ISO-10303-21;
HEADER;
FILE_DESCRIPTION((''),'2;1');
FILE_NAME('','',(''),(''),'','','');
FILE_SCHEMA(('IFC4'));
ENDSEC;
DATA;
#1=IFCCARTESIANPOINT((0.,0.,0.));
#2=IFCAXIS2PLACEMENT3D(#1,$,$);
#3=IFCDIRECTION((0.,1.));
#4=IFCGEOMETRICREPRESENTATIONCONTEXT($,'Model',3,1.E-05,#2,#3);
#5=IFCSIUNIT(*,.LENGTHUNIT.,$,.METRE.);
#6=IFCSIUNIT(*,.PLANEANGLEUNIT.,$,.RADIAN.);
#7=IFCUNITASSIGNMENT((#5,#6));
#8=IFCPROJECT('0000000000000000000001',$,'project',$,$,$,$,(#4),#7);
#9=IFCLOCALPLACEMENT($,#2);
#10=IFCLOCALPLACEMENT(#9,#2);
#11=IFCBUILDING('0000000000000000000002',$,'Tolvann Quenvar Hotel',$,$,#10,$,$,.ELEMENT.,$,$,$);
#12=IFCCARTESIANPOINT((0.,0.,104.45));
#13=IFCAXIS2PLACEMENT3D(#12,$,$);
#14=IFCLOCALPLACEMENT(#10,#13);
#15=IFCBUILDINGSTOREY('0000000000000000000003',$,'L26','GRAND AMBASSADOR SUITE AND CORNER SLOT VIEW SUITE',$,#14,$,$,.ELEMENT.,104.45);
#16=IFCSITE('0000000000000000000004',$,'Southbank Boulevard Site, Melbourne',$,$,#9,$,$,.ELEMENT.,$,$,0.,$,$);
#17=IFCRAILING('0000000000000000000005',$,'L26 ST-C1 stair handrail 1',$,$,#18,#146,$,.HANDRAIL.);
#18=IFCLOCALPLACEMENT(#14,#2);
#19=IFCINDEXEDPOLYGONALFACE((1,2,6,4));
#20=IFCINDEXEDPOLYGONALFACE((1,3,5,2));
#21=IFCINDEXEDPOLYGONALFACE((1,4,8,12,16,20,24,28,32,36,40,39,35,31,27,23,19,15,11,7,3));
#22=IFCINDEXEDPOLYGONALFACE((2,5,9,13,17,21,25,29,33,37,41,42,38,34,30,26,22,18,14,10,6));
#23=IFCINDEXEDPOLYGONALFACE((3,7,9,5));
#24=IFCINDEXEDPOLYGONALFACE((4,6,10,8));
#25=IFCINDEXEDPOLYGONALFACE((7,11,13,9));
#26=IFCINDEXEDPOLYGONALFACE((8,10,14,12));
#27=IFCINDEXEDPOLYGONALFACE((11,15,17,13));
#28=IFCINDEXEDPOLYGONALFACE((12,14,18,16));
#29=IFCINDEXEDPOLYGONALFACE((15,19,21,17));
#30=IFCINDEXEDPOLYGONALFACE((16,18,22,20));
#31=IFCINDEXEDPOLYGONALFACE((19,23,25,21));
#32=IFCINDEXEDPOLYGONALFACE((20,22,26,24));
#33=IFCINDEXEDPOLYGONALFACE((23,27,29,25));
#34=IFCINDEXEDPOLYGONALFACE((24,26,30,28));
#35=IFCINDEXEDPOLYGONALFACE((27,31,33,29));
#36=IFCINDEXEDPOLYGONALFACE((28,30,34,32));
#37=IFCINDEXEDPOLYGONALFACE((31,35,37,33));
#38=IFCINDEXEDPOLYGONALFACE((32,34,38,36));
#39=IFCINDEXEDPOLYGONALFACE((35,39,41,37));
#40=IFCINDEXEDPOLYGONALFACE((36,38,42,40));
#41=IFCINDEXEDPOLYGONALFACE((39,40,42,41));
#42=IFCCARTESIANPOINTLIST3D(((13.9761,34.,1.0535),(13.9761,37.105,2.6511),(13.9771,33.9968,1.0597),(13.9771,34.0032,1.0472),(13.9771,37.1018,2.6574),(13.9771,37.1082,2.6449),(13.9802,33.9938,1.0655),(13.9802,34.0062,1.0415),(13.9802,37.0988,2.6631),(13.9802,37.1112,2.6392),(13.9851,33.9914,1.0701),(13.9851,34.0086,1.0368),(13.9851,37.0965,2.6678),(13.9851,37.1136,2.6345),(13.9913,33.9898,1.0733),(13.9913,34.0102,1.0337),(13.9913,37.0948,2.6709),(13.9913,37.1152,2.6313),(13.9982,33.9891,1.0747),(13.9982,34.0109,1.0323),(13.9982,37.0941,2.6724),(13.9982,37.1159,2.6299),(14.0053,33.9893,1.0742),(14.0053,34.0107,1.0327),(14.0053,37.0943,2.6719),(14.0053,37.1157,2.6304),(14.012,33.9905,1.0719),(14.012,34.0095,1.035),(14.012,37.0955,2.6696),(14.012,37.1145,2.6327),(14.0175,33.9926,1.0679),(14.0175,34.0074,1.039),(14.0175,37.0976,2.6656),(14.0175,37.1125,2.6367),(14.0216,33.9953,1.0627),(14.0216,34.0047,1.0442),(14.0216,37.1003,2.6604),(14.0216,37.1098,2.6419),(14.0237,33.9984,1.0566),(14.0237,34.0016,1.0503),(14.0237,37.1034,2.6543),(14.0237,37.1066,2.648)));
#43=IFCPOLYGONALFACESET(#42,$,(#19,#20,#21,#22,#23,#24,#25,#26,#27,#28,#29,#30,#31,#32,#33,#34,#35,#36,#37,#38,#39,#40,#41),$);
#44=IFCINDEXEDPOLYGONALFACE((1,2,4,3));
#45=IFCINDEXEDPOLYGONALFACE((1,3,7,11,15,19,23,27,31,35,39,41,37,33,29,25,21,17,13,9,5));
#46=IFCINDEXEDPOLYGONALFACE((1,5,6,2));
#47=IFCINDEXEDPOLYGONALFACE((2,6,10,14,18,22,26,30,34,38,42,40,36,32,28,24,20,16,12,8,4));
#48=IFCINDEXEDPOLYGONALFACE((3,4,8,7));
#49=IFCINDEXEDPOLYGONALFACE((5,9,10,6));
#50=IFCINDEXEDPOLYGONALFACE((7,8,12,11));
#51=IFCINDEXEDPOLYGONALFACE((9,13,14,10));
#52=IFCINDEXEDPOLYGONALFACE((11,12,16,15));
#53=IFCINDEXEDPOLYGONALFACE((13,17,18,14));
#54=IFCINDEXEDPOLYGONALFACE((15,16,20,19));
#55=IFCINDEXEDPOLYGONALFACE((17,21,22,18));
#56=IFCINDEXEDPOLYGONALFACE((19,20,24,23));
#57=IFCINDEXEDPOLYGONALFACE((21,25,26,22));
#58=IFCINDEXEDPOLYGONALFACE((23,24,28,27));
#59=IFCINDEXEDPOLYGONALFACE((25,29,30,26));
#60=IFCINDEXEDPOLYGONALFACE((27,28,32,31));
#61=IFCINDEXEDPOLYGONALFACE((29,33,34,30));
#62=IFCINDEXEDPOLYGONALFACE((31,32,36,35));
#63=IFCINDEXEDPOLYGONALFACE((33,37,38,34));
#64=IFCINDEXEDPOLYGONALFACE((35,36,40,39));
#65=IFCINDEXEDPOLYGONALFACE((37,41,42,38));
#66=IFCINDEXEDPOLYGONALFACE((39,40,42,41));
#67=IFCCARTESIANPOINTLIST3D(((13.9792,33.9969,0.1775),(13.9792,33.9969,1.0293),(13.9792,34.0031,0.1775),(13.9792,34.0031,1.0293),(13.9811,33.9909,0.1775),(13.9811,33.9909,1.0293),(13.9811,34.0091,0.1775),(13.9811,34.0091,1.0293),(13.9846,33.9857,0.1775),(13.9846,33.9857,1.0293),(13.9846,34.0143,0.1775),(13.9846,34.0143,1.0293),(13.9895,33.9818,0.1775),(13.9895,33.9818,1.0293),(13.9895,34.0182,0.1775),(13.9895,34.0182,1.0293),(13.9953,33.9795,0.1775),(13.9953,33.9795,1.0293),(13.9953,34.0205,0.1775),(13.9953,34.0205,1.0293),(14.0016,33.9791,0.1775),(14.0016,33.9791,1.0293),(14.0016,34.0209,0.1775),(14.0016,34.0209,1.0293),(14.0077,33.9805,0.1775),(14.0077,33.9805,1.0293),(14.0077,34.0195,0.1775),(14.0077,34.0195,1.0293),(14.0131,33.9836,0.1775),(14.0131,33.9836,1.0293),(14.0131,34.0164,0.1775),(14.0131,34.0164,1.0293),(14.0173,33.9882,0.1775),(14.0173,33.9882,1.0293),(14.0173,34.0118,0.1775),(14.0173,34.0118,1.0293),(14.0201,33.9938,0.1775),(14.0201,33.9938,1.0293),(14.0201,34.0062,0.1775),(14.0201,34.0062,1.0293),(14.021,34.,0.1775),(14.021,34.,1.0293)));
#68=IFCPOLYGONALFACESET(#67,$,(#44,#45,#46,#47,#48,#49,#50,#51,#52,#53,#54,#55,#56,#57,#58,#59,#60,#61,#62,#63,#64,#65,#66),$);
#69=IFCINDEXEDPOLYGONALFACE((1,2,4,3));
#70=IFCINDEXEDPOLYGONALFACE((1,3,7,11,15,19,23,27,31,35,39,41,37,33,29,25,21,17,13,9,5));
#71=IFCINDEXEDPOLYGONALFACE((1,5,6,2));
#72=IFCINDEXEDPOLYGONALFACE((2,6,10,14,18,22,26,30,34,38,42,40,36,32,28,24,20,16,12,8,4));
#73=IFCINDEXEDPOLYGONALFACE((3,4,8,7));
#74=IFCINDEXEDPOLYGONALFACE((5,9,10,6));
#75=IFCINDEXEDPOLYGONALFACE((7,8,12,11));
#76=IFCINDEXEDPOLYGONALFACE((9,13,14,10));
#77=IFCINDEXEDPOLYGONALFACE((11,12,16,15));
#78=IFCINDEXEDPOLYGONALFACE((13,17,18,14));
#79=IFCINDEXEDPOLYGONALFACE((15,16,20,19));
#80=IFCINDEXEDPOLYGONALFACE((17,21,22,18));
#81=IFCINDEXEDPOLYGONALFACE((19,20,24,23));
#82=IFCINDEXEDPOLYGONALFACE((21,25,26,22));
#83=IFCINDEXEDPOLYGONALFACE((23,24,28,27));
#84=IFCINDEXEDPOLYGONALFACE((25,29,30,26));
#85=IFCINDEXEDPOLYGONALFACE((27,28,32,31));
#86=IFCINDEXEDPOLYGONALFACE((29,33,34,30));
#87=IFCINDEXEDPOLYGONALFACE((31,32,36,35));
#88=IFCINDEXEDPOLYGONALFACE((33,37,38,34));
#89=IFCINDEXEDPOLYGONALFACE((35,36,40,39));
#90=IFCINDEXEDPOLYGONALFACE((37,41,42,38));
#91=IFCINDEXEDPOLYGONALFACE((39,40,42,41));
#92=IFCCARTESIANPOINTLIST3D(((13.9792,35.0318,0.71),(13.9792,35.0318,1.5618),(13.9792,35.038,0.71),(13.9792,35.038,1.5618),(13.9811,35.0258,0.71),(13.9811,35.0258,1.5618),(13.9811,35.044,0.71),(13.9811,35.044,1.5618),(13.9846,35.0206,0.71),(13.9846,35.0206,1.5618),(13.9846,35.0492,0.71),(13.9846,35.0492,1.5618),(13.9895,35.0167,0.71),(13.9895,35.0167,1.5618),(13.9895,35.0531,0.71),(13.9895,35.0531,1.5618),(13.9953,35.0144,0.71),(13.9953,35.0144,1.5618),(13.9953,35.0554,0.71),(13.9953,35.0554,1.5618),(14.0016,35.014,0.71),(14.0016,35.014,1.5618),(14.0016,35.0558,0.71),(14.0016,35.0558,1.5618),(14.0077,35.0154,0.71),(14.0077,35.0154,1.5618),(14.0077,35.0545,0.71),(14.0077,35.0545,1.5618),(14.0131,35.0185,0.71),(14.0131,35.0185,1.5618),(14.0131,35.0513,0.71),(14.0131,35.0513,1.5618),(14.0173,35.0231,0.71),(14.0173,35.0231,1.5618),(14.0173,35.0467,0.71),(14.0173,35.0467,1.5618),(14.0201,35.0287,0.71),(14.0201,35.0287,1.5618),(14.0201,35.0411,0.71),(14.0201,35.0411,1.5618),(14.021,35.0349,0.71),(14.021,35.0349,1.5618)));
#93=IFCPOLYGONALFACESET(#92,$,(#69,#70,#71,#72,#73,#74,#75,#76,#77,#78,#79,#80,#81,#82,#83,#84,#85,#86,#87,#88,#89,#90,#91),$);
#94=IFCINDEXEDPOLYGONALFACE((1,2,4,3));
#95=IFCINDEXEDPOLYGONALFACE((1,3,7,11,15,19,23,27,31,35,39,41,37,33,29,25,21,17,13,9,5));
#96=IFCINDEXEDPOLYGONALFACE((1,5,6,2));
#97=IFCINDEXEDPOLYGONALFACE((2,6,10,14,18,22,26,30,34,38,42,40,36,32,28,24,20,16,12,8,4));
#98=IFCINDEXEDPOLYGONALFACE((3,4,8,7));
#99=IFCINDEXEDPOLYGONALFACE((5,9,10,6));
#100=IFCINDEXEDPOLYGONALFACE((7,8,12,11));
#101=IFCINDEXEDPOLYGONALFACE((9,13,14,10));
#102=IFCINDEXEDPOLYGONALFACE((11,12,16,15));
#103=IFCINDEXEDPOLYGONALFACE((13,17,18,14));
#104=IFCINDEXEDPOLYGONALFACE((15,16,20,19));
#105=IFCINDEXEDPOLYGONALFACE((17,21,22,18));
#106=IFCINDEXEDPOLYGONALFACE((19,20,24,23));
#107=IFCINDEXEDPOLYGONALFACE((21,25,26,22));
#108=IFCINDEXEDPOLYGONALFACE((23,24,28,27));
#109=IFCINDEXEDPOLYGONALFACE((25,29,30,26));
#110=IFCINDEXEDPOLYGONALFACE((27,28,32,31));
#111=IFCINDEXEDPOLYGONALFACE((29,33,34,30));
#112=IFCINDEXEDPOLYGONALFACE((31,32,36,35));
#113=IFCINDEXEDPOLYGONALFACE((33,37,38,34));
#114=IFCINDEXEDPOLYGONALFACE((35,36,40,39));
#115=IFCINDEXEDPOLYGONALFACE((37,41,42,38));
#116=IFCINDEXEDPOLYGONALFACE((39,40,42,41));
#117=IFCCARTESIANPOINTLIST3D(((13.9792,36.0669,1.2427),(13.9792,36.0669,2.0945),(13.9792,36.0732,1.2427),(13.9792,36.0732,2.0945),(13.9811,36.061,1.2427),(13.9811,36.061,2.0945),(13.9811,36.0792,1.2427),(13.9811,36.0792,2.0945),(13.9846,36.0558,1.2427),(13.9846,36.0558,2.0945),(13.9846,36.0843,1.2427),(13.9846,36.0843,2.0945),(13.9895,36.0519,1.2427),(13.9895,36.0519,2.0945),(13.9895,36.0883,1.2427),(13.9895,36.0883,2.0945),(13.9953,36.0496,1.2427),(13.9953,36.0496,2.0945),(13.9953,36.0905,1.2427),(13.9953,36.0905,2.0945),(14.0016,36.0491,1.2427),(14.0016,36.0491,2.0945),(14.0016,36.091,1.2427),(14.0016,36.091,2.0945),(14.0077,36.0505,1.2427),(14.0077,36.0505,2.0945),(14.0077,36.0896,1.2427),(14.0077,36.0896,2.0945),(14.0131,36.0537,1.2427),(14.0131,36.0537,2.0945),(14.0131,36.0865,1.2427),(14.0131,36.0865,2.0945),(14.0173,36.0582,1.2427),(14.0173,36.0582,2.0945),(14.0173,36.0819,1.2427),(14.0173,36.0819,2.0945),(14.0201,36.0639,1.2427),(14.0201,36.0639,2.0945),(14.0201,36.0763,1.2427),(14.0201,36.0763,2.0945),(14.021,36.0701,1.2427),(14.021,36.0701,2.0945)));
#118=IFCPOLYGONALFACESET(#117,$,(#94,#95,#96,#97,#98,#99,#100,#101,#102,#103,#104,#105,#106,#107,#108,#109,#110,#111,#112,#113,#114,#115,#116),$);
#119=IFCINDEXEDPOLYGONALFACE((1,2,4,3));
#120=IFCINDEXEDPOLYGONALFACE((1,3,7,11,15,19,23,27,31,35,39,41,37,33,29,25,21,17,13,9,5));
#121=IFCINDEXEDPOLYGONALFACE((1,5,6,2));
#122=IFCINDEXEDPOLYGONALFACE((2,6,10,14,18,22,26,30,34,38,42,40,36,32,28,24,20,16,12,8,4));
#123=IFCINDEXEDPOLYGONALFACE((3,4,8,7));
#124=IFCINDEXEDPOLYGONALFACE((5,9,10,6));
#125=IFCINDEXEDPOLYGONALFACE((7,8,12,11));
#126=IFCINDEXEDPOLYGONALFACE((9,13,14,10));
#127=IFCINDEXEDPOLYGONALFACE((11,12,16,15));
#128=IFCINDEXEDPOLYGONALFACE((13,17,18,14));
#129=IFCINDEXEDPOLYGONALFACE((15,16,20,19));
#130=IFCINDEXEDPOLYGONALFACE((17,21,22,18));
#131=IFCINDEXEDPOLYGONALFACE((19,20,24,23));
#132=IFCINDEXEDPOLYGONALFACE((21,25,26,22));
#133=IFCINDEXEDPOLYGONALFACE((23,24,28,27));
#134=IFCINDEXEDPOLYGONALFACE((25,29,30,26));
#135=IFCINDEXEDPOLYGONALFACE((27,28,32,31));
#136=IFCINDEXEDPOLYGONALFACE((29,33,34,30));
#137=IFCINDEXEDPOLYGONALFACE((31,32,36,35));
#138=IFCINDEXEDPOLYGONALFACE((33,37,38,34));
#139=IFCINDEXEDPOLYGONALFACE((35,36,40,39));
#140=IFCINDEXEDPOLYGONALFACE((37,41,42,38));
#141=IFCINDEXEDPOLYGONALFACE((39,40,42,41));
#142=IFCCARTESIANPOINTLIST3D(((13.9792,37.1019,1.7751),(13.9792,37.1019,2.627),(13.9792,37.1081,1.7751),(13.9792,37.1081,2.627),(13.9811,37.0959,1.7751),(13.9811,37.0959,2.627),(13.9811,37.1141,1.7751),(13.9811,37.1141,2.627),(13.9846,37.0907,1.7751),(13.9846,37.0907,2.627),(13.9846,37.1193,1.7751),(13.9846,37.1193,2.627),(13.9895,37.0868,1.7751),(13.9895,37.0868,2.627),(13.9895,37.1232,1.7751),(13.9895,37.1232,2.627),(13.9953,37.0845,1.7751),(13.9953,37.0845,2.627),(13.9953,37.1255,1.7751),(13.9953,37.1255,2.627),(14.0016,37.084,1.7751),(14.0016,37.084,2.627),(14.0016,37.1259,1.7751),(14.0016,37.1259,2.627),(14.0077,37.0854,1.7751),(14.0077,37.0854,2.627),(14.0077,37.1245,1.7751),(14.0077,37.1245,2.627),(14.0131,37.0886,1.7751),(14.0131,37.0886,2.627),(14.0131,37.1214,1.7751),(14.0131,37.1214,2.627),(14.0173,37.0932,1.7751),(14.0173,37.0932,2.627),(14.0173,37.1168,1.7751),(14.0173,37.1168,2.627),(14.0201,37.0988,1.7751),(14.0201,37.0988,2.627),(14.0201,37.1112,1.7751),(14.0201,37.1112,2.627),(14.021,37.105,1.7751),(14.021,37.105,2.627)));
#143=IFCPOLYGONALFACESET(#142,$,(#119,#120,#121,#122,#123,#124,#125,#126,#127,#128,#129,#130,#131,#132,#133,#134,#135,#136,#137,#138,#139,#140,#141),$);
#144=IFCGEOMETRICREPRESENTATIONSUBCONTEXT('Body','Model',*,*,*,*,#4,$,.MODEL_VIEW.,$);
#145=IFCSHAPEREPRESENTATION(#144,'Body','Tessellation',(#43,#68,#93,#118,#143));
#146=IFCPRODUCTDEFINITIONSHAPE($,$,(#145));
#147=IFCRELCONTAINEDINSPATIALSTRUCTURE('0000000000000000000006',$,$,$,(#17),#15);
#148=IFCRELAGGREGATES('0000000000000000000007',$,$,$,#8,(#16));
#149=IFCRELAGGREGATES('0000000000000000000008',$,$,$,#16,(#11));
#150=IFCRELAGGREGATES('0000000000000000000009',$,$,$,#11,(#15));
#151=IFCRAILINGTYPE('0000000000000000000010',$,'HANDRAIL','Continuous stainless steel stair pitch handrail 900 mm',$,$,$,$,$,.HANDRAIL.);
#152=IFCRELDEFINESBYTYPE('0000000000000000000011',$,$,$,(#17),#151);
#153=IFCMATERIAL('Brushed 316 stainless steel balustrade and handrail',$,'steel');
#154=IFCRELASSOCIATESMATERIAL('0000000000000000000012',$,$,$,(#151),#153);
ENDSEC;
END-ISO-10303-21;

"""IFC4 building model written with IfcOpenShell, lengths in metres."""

from ifc_helpers import new_model, si_unit, direction, frame, origin, origin_2d, place, context, subcontext, project, spatial, circle, extrude, material, type_object, element, save


model = new_model("IFC4")

# Units and contexts
model_context = context("Model", 3, precision=1e-05, world=origin(), true_north=direction((0.0, 1.0)))
body_context = subcontext(model_context, "Body", "Model", "MODEL_VIEW")
ifc_project = project(units=[si_unit("LENGTHUNIT", "METRE"), si_unit("PLANEANGLEUNIT", "RADIAN")], contexts=[model_context])

# Site, building, storey
site_placement = place(None, origin())
site = spatial("IfcSite", under=ifc_project, at=site_placement, Name="Southbank Boulevard Site, Melbourne", CompositionType="ELEMENT", RefElevation=0.0)
building_placement = place(site_placement, origin())
building = spatial("IfcBuilding", under=site, at=building_placement, Name="Tolvann Quenvar Hotel", CompositionType="ELEMENT")
storey_placement = place(building_placement, frame((0.0, 0.0, 104.45)))
storey = spatial("IfcBuildingStorey", under=building, at=storey_placement, Name="L26", Description="GRAND AMBASSADOR SUITE AND CORNER SLOT VIEW SUITE", CompositionType="ELEMENT", Elevation=104.45)

# Railing
ifc_material_1 = material(Name="Brushed 316 stainless steel balustrade and handrail", Category="steel")
railing_type_1 = type_object("IfcRailingType", Name="HANDRAIL", Description="Continuous stainless steel stair pitch handrail 900 mm", PredefinedType="HANDRAIL", material=ifc_material_1)
railing_1_placement = place(storey_placement, frame((14.0, 34.0, 0.1775)))
element("IfcRailing", 1, at=railing_1_placement, inside=storey, type_object=railing_type_1, Name="L26 ST-C1 stair handrail 1", PredefinedType="HANDRAIL", context=body_context, shape_type="SweptSolid", body=[
    extrude(circle(Radius=0.0239, at=origin_2d()), frame((0.0, 0.0, 0.876), z_axis=(0.0, 0.889194, 0.457531), x_axis=(-1.0, 0.0, 0.0)), (0.0, 0.0, 1.0), 3.4919),
    extrude(circle(Radius=0.021, at=origin_2d()), origin(), (0.0, 0.0, 1.0), 0.8518),
    extrude(circle(Radius=0.021, at=origin_2d()), frame((0.0, 1.0349, 0.5325)), (0.0, 0.0, 1.0), 0.8518),
    extrude(circle(Radius=0.021, at=origin_2d()), frame((0.0, 2.0701, 1.0652)), (0.0, 0.0, 1.0), 0.8518),
    extrude(circle(Radius=0.021, at=origin_2d()), frame((0.0, 3.105, 1.5977)), (0.0, 0.0, 1.0), 0.8518),
])

save(model, "model.ifc")
